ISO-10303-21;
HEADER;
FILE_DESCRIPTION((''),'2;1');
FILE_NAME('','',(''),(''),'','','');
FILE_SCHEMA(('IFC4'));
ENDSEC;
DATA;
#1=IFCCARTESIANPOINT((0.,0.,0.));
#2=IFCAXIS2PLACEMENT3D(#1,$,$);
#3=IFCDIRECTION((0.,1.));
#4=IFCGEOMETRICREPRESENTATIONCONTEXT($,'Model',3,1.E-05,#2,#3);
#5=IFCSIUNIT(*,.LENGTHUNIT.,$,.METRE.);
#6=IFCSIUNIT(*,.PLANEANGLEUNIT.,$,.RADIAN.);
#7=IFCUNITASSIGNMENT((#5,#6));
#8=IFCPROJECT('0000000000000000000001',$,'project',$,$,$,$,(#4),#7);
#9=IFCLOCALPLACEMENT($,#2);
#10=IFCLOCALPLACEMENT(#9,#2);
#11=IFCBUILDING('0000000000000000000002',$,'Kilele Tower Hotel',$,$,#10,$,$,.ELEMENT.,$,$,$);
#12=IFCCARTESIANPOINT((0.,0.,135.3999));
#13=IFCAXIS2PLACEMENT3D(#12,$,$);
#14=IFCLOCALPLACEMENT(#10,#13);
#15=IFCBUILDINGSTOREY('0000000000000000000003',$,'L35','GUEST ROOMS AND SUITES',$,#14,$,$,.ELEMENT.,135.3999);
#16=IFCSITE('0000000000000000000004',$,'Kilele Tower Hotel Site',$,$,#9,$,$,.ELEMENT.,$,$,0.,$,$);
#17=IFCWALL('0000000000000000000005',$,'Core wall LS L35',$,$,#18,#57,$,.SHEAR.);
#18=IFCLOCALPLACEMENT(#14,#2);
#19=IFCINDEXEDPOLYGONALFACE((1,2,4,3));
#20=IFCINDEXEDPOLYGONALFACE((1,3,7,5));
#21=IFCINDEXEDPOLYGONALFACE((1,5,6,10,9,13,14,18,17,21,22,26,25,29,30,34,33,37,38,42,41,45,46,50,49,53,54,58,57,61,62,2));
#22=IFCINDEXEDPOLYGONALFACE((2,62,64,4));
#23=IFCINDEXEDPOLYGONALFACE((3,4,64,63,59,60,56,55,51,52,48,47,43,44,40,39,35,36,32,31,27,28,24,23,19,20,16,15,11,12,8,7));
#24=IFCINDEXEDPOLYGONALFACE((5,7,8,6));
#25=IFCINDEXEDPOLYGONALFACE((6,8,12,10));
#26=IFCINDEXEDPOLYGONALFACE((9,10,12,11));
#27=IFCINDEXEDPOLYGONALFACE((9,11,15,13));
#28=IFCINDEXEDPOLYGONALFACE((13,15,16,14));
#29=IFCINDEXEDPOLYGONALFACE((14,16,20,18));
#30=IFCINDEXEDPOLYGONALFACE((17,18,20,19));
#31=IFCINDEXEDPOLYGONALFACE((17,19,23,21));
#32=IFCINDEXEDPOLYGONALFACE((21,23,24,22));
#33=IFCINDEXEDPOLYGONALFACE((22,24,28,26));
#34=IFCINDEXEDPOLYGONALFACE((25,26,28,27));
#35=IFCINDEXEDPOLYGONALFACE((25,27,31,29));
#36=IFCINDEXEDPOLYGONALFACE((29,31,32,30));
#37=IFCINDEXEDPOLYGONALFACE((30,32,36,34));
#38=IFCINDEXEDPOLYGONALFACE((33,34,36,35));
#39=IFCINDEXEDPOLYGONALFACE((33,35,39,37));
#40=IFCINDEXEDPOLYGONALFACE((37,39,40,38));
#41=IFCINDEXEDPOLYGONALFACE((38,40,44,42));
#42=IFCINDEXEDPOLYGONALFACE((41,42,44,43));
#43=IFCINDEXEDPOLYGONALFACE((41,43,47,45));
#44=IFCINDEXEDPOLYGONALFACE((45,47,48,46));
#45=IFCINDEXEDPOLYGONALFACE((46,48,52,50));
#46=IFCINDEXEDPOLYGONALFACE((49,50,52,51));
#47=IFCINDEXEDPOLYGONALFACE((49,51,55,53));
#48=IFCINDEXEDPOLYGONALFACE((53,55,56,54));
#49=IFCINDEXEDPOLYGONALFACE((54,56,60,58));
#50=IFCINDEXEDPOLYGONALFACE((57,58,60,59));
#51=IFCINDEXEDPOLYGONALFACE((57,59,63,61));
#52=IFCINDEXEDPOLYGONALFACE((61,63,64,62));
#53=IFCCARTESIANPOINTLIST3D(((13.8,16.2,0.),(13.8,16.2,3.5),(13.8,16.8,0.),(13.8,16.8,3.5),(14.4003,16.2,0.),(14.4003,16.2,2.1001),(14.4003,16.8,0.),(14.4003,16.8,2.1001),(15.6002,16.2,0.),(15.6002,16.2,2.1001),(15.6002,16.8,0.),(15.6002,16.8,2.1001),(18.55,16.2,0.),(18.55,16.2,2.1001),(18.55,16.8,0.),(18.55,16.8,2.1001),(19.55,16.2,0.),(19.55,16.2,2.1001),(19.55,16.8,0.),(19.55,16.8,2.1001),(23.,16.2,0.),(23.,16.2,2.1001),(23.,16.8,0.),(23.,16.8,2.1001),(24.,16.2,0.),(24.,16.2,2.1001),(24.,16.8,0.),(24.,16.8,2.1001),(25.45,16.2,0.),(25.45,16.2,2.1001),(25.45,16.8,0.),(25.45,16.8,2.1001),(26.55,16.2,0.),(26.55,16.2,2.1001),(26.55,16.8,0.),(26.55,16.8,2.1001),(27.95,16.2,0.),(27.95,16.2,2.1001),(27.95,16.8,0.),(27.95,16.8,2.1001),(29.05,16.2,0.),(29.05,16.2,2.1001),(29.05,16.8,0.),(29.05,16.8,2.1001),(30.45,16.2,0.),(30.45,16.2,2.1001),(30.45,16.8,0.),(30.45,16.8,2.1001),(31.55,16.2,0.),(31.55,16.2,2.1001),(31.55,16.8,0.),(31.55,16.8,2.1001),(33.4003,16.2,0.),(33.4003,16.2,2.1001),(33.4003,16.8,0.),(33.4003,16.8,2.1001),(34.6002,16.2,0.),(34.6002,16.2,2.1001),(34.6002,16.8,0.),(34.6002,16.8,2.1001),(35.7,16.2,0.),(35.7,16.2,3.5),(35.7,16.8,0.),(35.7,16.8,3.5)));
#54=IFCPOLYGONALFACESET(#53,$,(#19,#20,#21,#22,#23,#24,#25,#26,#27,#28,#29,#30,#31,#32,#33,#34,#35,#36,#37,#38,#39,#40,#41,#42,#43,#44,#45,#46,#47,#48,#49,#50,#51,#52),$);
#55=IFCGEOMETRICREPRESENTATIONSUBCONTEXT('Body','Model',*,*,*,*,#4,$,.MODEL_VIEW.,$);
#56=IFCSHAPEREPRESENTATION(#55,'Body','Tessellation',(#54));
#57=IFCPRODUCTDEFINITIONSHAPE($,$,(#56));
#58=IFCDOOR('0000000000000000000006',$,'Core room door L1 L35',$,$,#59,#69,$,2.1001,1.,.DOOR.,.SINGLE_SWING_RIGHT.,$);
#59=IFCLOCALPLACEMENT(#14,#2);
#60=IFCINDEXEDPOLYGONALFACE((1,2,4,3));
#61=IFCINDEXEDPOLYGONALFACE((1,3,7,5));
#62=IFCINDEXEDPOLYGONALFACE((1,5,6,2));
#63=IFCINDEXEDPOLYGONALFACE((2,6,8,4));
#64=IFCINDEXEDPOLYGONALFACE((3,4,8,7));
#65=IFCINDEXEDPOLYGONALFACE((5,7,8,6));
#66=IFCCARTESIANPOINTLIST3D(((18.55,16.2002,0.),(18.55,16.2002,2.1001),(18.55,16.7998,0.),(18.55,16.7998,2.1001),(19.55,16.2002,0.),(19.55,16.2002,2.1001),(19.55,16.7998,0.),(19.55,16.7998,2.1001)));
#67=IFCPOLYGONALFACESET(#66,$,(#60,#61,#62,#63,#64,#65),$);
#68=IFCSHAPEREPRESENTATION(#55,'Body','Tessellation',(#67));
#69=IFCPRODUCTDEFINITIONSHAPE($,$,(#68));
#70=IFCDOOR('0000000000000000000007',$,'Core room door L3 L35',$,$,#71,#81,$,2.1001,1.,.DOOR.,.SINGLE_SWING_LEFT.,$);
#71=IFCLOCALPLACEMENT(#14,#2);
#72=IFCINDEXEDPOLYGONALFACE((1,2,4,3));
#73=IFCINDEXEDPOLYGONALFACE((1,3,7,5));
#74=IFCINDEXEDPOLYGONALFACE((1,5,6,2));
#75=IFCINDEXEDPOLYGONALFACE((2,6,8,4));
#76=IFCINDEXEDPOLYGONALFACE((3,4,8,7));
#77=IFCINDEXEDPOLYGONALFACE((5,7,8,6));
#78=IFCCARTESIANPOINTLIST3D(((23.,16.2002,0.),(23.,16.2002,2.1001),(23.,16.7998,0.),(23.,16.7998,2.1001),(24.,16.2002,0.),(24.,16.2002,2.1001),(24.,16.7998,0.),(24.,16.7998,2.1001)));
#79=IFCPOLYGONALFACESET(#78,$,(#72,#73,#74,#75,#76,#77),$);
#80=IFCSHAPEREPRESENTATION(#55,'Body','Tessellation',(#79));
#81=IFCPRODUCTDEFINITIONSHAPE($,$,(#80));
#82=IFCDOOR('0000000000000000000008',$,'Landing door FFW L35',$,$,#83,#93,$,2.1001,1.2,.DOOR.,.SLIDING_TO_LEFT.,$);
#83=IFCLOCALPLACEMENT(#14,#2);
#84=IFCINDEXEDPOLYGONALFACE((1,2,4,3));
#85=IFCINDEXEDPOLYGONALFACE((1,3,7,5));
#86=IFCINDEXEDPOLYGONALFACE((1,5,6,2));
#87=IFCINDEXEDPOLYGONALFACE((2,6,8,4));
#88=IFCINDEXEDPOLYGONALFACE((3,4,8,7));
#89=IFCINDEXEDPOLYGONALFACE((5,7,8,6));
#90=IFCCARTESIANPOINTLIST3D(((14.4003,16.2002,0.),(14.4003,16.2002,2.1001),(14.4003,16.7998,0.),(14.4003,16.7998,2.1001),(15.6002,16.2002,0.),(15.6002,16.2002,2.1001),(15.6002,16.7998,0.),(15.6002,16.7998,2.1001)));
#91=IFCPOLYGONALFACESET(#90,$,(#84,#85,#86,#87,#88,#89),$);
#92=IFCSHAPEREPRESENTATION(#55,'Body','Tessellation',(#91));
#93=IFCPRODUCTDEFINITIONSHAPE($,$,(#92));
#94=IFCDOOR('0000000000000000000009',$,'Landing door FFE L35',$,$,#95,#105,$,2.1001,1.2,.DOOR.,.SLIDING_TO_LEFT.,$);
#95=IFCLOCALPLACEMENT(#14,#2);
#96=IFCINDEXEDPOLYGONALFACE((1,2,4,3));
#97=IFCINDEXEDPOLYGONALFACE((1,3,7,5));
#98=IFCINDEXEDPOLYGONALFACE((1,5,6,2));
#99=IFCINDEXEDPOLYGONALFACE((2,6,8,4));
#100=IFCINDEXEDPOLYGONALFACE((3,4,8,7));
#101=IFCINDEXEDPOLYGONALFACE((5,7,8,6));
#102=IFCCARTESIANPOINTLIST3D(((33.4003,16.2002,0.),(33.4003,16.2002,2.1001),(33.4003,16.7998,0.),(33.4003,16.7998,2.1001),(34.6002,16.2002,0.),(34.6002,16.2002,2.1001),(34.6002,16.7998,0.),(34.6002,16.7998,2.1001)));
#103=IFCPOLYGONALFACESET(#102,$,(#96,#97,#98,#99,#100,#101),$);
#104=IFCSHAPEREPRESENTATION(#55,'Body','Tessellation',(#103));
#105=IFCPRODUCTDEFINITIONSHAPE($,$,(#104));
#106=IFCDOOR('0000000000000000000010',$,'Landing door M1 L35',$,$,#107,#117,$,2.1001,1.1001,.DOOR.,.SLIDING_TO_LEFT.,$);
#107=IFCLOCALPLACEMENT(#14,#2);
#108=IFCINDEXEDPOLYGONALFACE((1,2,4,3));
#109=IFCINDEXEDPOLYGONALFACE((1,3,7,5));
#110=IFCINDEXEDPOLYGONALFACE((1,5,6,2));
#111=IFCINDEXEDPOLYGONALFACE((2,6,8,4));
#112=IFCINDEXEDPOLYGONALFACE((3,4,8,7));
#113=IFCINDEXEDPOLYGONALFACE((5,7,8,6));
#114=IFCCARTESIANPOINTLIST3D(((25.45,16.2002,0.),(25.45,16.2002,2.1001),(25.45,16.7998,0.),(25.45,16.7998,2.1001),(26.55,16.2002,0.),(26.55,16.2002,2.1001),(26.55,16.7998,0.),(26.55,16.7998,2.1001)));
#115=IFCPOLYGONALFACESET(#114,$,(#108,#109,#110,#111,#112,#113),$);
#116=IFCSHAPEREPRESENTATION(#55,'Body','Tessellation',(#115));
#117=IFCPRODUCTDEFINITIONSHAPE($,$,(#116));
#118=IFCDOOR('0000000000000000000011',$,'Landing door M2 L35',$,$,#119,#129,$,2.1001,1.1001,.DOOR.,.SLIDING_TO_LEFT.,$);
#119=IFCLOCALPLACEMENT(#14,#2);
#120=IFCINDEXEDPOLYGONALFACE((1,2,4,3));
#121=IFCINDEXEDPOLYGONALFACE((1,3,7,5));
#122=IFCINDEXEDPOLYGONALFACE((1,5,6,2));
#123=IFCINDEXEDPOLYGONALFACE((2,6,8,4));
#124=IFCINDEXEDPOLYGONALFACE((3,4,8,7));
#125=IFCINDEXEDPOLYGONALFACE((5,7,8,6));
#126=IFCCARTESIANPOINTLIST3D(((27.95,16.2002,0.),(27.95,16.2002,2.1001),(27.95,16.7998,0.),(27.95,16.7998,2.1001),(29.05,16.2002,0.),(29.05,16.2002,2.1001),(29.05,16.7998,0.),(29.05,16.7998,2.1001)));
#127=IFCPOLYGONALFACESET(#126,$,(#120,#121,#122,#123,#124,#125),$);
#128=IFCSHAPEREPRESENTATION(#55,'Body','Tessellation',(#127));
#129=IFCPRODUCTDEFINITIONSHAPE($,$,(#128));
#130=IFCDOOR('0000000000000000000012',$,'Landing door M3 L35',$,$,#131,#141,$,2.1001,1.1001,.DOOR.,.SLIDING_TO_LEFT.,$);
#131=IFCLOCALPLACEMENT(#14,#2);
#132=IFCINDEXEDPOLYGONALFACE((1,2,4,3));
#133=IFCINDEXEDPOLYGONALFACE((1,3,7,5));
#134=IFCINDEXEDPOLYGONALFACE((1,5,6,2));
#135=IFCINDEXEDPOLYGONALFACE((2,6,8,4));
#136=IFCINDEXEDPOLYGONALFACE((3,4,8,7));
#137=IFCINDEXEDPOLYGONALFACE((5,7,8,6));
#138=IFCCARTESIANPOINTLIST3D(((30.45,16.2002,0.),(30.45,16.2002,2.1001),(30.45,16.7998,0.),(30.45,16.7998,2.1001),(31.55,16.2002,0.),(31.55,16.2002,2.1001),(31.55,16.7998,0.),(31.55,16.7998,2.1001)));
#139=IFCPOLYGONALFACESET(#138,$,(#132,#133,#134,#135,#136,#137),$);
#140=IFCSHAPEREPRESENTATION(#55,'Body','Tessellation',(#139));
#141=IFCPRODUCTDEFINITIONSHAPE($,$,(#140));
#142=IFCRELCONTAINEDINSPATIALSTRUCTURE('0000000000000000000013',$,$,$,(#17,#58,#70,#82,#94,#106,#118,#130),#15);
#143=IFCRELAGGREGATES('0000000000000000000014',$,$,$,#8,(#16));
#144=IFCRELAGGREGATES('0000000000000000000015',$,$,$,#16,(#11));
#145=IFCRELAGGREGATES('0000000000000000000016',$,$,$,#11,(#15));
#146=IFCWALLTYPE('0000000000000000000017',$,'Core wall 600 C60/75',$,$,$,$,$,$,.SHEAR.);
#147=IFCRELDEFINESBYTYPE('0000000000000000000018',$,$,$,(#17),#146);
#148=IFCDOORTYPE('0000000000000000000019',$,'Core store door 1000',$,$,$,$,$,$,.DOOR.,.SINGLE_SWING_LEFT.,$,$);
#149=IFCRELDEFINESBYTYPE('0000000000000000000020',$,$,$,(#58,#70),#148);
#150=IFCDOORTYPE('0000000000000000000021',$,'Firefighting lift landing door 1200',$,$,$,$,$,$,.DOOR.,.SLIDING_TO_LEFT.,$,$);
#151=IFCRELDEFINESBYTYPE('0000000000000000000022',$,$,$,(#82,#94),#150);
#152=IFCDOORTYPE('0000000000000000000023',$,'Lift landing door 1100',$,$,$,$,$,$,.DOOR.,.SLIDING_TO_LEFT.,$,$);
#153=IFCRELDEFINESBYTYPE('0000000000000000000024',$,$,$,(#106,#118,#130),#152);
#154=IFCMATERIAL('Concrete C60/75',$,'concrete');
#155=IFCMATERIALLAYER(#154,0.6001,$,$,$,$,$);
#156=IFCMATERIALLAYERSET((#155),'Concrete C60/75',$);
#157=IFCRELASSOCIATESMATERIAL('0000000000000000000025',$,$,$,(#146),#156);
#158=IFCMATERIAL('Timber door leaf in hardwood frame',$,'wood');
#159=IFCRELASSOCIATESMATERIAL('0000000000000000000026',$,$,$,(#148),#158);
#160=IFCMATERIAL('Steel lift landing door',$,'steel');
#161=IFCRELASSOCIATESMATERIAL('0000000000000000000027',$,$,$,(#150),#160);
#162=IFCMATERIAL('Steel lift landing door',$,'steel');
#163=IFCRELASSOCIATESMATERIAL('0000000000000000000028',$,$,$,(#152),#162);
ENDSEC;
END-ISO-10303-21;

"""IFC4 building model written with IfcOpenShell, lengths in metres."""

from ifc_helpers import new_model, si_unit, direction, frame, frame_2d, origin, place, context, subcontext, project, spatial, rectangle, extrude, material, layer, layer_set, type_object, element, fill, save


model = new_model("IFC4")

# Units and contexts
model_context = context("Model", 3, precision=1e-05, world=origin(), true_north=direction((0.0, 1.0)))
body_context = subcontext(model_context, "Body", "Model", "MODEL_VIEW")
ifc_project = project(units=[si_unit("LENGTHUNIT", "METRE"), si_unit("PLANEANGLEUNIT", "RADIAN")], contexts=[model_context])

# Site, building, storey
site_placement = place(None, origin())
site = spatial("IfcSite", under=ifc_project, at=site_placement, Name="Kilele Tower Hotel Site", CompositionType="ELEMENT", RefElevation=0.0)
building_placement = place(site_placement, origin())
building = spatial("IfcBuilding", under=site, at=building_placement, Name="Kilele Tower Hotel", CompositionType="ELEMENT")
storey_placement = place(building_placement, frame((0.0, 0.0, 135.3999)))
storey = spatial("IfcBuildingStorey", under=building, at=storey_placement, Name="L35", Description="GUEST ROOMS AND SUITES", CompositionType="ELEMENT", Elevation=135.3999)

# Shared definitions
ifc_material_1 = material(Name="Concrete C60/75", Category="concrete")
ifc_layer_1 = layer(ifc_material_1, 0.6001)
ifc_layer_set_1 = layer_set([ifc_layer_1], Name="Concrete C60/75")
wall_type_1 = type_object("IfcWallType", Name="Core wall 600 C60/75", PredefinedType="SHEAR", material=ifc_layer_set_1)

# Wall, openings, doors
wall_1_placement = place(storey_placement, frame((13.8, 16.5, 0.0), z_axis=(0.0, 0.0, 1.0), x_axis=(1.0, 0.0, 0.0)))
wall_1 = element("IfcWall", 1, at=wall_1_placement, inside=storey, type_object=wall_type_1, Name="Core wall LS L35", PredefinedType="SHEAR", context=body_context, shape_type="SweptSolid", body=[
    extrude(rectangle(XDim=21.8999, YDim=0.6001, at=frame_2d((10.95, 0.0))), origin(), (0.0, 0.0, 1.0), 3.5),
])
opening_1_placement = place(wall_1_placement, frame((11.6499, 0.0, 0.0)))
opening_1 = element("IfcOpeningElement", 2, at=opening_1_placement, cuts=wall_1, PredefinedType="OPENING", context=body_context, shape_type="SweptSolid", body=[
    extrude(rectangle(XDim=1.1001, YDim=2.1001, at=frame_2d((0.55, 1.05))), frame((0.0, 0.3101, 0.0), z_axis=(0.0, -1.0, 0.0), x_axis=(1.0, 0.0, 0.0)), (0.0, 0.0, 1.0), 0.6201),
])
opening_2_placement = place(wall_1_placement, frame((14.1499, 0.0, 0.0)))
opening_2 = element("IfcOpeningElement", 3, at=opening_2_placement, cuts=wall_1, PredefinedType="OPENING", context=body_context, shape_type="SweptSolid", body=[
    extrude(rectangle(XDim=1.1001, YDim=2.1001, at=frame_2d((0.55, 1.05))), frame((0.0, 0.3101, 0.0), z_axis=(0.0, -1.0, 0.0), x_axis=(1.0, 0.0, 0.0)), (0.0, 0.0, 1.0), 0.6201),
])
opening_3_placement = place(wall_1_placement, frame((16.6499, 0.0, 0.0)))
opening_3 = element("IfcOpeningElement", 4, at=opening_3_placement, cuts=wall_1, PredefinedType="OPENING", context=body_context, shape_type="SweptSolid", body=[
    extrude(rectangle(XDim=1.1001, YDim=2.1001, at=frame_2d((0.55, 1.05))), frame((0.0, 0.3101, 0.0), z_axis=(0.0, -1.0, 0.0), x_axis=(1.0, 0.0, 0.0)), (0.0, 0.0, 1.0), 0.6201),
])
opening_4_placement = place(wall_1_placement, frame((5.75, 0.0, 0.0), z_axis=(0.0, 0.0, 1.0), x_axis=(-1.0, 0.0, 0.0)))
opening_4 = element("IfcOpeningElement", 5, at=opening_4_placement, cuts=wall_1, PredefinedType="OPENING", context=body_context, shape_type="SweptSolid", body=[
    extrude(rectangle(XDim=1.0, YDim=2.1001, at=frame_2d((0.5, 1.05))), frame((0.0, 0.3101, 0.0), z_axis=(0.0, -1.0, 0.0), x_axis=(1.0, 0.0, 0.0)), (0.0, 0.0, 1.0), 0.6201),
])
opening_5_placement = place(wall_1_placement, frame((10.2, 0.0, 0.0), z_axis=(0.0, 0.0, 1.0), x_axis=(-1.0, 0.0, 0.0)))
opening_5 = element("IfcOpeningElement", 6, at=opening_5_placement, cuts=wall_1, PredefinedType="OPENING", context=body_context, shape_type="SweptSolid", body=[
    extrude(rectangle(XDim=1.0, YDim=2.1001, at=frame_2d((0.5, 1.05))), frame((0.0, 0.3101, 0.0), z_axis=(0.0, -1.0, 0.0), x_axis=(1.0, 0.0, 0.0)), (0.0, 0.0, 1.0), 0.6201),
])
opening_6_placement = place(wall_1_placement, frame((0.6001, 0.0, 0.0)))
opening_6 = element("IfcOpeningElement", 7, at=opening_6_placement, cuts=wall_1, PredefinedType="OPENING", context=body_context, shape_type="SweptSolid", body=[
    extrude(rectangle(XDim=1.2, YDim=2.1001, at=frame_2d((0.6001, 1.05))), frame((0.0, 0.3101, 0.0), z_axis=(0.0, -1.0, 0.0), x_axis=(1.0, 0.0, 0.0)), (0.0, 0.0, 1.0), 0.6201),
])
opening_7_placement = place(wall_1_placement, frame((19.6001, 0.0, 0.0)))
opening_7 = element("IfcOpeningElement", 8, at=opening_7_placement, cuts=wall_1, PredefinedType="OPENING", context=body_context, shape_type="SweptSolid", body=[
    extrude(rectangle(XDim=1.2, YDim=2.1001, at=frame_2d((0.6001, 1.05))), frame((0.0, 0.3101, 0.0), z_axis=(0.0, -1.0, 0.0), x_axis=(1.0, 0.0, 0.0)), (0.0, 0.0, 1.0), 0.6201),
])
ifc_material_2 = material(Name="Timber door leaf in hardwood frame", Category="wood")
door_type_1 = type_object("IfcDoorType", Name="Core store door 1000", OperationType="SINGLE_SWING_LEFT", PredefinedType="DOOR", material=ifc_material_2)
door_1_placement = place(opening_4_placement, origin())
door_1 = element("IfcDoor", 9, at=door_1_placement, inside=storey, type_object=door_type_1, Name="Core room door L1 L35", OperationType="SINGLE_SWING_RIGHT", OverallHeight=2.1001, OverallWidth=1.0, PredefinedType="DOOR", context=body_context, shape_type="SweptSolid", body=[
    extrude(rectangle(XDim=1.0, YDim=2.1001, at=frame_2d((0.5, 1.05))), frame((0.0, 0.2998, 0.0), z_axis=(0.0, -1.0, 0.0), x_axis=(1.0, 0.0, 0.0)), (0.0, 0.0, 1.0), 0.5996),
])
fill(opening_4, door_1)
door_2_placement = place(opening_5_placement, origin())
door_2 = element("IfcDoor", 10, at=door_2_placement, inside=storey, type_object=door_type_1, Name="Core room door L3 L35", OperationType="SINGLE_SWING_LEFT", OverallHeight=2.1001, OverallWidth=1.0, PredefinedType="DOOR", context=body_context, shape_type="SweptSolid", body=[
    extrude(rectangle(XDim=1.0, YDim=2.1001, at=frame_2d((0.5, 1.05))), frame((0.0, 0.2998, 0.0), z_axis=(0.0, -1.0, 0.0), x_axis=(1.0, 0.0, 0.0)), (0.0, 0.0, 1.0), 0.5996),
])
fill(opening_5, door_2)
ifc_material_3 = material(Name="Steel lift landing door", Category="steel")
door_type_2 = type_object("IfcDoorType", Name="Firefighting lift landing door 1200", OperationType="SLIDING_TO_LEFT", PredefinedType="DOOR", material=ifc_material_3)
door_3_placement = place(opening_6_placement, origin())
door_3 = element("IfcDoor", 11, at=door_3_placement, inside=storey, type_object=door_type_2, Name="Landing door FFW L35", OperationType="SLIDING_TO_LEFT", OverallHeight=2.1001, OverallWidth=1.2, PredefinedType="DOOR", context=body_context, shape_type="SweptSolid", body=[
    extrude(rectangle(XDim=1.2, YDim=2.1001, at=frame_2d((0.6001, 1.05))), frame((0.0, 0.2998, 0.0), z_axis=(0.0, -1.0, 0.0), x_axis=(1.0, 0.0, 0.0)), (0.0, 0.0, 1.0), 0.5996),
])
fill(opening_6, door_3)
door_4_placement = place(opening_7_placement, origin())
door_4 = element("IfcDoor", 12, at=door_4_placement, inside=storey, type_object=door_type_2, Name="Landing door FFE L35", OperationType="SLIDING_TO_LEFT", OverallHeight=2.1001, OverallWidth=1.2, PredefinedType="DOOR", context=body_context, shape_type="SweptSolid", body=[
    extrude(rectangle(XDim=1.2, YDim=2.1001, at=frame_2d((0.6001, 1.05))), frame((0.0, 0.2998, 0.0), z_axis=(0.0, -1.0, 0.0), x_axis=(1.0, 0.0, 0.0)), (0.0, 0.0, 1.0), 0.5996),
])
fill(opening_7, door_4)
ifc_material_4 = material(Name="Steel lift landing door", Category="steel")
door_type_3 = type_object("IfcDoorType", Name="Lift landing door 1100", OperationType="SLIDING_TO_LEFT", PredefinedType="DOOR", material=ifc_material_4)
door_5_placement = place(opening_1_placement, origin())
door_5 = element("IfcDoor", 13, at=door_5_placement, inside=storey, type_object=door_type_3, Name="Landing door M1 L35", OperationType="SLIDING_TO_LEFT", OverallHeight=2.1001, OverallWidth=1.1001, PredefinedType="DOOR", context=body_context, shape_type="SweptSolid", body=[
    extrude(rectangle(XDim=1.1001, YDim=2.1001, at=frame_2d((0.55, 1.05))), frame((0.0, 0.2998, 0.0), z_axis=(0.0, -1.0, 0.0), x_axis=(1.0, 0.0, 0.0)), (0.0, 0.0, 1.0), 0.5996),
])
fill(opening_1, door_5)
door_6_placement = place(opening_2_placement, origin())
door_6 = element("IfcDoor", 14, at=door_6_placement, inside=storey, type_object=door_type_3, Name="Landing door M2 L35", OperationType="SLIDING_TO_LEFT", OverallHeight=2.1001, OverallWidth=1.1001, PredefinedType="DOOR", context=body_context, shape_type="SweptSolid", body=[
    extrude(rectangle(XDim=1.1001, YDim=2.1001, at=frame_2d((0.55, 1.05))), frame((0.0, 0.2998, 0.0), z_axis=(0.0, -1.0, 0.0), x_axis=(1.0, 0.0, 0.0)), (0.0, 0.0, 1.0), 0.5996),
])
fill(opening_2, door_6)
door_7_placement = place(opening_3_placement, origin())
door_7 = element("IfcDoor", 15, at=door_7_placement, inside=storey, type_object=door_type_3, Name="Landing door M3 L35", OperationType="SLIDING_TO_LEFT", OverallHeight=2.1001, OverallWidth=1.1001, PredefinedType="DOOR", context=body_context, shape_type="SweptSolid", body=[
    extrude(rectangle(XDim=1.1001, YDim=2.1001, at=frame_2d((0.55, 1.05))), frame((0.0, 0.2998, 0.0), z_axis=(0.0, -1.0, 0.0), x_axis=(1.0, 0.0, 0.0)), (0.0, 0.0, 1.0), 0.5996),
])
fill(opening_3, door_7)

save(model, "model.ifc")
